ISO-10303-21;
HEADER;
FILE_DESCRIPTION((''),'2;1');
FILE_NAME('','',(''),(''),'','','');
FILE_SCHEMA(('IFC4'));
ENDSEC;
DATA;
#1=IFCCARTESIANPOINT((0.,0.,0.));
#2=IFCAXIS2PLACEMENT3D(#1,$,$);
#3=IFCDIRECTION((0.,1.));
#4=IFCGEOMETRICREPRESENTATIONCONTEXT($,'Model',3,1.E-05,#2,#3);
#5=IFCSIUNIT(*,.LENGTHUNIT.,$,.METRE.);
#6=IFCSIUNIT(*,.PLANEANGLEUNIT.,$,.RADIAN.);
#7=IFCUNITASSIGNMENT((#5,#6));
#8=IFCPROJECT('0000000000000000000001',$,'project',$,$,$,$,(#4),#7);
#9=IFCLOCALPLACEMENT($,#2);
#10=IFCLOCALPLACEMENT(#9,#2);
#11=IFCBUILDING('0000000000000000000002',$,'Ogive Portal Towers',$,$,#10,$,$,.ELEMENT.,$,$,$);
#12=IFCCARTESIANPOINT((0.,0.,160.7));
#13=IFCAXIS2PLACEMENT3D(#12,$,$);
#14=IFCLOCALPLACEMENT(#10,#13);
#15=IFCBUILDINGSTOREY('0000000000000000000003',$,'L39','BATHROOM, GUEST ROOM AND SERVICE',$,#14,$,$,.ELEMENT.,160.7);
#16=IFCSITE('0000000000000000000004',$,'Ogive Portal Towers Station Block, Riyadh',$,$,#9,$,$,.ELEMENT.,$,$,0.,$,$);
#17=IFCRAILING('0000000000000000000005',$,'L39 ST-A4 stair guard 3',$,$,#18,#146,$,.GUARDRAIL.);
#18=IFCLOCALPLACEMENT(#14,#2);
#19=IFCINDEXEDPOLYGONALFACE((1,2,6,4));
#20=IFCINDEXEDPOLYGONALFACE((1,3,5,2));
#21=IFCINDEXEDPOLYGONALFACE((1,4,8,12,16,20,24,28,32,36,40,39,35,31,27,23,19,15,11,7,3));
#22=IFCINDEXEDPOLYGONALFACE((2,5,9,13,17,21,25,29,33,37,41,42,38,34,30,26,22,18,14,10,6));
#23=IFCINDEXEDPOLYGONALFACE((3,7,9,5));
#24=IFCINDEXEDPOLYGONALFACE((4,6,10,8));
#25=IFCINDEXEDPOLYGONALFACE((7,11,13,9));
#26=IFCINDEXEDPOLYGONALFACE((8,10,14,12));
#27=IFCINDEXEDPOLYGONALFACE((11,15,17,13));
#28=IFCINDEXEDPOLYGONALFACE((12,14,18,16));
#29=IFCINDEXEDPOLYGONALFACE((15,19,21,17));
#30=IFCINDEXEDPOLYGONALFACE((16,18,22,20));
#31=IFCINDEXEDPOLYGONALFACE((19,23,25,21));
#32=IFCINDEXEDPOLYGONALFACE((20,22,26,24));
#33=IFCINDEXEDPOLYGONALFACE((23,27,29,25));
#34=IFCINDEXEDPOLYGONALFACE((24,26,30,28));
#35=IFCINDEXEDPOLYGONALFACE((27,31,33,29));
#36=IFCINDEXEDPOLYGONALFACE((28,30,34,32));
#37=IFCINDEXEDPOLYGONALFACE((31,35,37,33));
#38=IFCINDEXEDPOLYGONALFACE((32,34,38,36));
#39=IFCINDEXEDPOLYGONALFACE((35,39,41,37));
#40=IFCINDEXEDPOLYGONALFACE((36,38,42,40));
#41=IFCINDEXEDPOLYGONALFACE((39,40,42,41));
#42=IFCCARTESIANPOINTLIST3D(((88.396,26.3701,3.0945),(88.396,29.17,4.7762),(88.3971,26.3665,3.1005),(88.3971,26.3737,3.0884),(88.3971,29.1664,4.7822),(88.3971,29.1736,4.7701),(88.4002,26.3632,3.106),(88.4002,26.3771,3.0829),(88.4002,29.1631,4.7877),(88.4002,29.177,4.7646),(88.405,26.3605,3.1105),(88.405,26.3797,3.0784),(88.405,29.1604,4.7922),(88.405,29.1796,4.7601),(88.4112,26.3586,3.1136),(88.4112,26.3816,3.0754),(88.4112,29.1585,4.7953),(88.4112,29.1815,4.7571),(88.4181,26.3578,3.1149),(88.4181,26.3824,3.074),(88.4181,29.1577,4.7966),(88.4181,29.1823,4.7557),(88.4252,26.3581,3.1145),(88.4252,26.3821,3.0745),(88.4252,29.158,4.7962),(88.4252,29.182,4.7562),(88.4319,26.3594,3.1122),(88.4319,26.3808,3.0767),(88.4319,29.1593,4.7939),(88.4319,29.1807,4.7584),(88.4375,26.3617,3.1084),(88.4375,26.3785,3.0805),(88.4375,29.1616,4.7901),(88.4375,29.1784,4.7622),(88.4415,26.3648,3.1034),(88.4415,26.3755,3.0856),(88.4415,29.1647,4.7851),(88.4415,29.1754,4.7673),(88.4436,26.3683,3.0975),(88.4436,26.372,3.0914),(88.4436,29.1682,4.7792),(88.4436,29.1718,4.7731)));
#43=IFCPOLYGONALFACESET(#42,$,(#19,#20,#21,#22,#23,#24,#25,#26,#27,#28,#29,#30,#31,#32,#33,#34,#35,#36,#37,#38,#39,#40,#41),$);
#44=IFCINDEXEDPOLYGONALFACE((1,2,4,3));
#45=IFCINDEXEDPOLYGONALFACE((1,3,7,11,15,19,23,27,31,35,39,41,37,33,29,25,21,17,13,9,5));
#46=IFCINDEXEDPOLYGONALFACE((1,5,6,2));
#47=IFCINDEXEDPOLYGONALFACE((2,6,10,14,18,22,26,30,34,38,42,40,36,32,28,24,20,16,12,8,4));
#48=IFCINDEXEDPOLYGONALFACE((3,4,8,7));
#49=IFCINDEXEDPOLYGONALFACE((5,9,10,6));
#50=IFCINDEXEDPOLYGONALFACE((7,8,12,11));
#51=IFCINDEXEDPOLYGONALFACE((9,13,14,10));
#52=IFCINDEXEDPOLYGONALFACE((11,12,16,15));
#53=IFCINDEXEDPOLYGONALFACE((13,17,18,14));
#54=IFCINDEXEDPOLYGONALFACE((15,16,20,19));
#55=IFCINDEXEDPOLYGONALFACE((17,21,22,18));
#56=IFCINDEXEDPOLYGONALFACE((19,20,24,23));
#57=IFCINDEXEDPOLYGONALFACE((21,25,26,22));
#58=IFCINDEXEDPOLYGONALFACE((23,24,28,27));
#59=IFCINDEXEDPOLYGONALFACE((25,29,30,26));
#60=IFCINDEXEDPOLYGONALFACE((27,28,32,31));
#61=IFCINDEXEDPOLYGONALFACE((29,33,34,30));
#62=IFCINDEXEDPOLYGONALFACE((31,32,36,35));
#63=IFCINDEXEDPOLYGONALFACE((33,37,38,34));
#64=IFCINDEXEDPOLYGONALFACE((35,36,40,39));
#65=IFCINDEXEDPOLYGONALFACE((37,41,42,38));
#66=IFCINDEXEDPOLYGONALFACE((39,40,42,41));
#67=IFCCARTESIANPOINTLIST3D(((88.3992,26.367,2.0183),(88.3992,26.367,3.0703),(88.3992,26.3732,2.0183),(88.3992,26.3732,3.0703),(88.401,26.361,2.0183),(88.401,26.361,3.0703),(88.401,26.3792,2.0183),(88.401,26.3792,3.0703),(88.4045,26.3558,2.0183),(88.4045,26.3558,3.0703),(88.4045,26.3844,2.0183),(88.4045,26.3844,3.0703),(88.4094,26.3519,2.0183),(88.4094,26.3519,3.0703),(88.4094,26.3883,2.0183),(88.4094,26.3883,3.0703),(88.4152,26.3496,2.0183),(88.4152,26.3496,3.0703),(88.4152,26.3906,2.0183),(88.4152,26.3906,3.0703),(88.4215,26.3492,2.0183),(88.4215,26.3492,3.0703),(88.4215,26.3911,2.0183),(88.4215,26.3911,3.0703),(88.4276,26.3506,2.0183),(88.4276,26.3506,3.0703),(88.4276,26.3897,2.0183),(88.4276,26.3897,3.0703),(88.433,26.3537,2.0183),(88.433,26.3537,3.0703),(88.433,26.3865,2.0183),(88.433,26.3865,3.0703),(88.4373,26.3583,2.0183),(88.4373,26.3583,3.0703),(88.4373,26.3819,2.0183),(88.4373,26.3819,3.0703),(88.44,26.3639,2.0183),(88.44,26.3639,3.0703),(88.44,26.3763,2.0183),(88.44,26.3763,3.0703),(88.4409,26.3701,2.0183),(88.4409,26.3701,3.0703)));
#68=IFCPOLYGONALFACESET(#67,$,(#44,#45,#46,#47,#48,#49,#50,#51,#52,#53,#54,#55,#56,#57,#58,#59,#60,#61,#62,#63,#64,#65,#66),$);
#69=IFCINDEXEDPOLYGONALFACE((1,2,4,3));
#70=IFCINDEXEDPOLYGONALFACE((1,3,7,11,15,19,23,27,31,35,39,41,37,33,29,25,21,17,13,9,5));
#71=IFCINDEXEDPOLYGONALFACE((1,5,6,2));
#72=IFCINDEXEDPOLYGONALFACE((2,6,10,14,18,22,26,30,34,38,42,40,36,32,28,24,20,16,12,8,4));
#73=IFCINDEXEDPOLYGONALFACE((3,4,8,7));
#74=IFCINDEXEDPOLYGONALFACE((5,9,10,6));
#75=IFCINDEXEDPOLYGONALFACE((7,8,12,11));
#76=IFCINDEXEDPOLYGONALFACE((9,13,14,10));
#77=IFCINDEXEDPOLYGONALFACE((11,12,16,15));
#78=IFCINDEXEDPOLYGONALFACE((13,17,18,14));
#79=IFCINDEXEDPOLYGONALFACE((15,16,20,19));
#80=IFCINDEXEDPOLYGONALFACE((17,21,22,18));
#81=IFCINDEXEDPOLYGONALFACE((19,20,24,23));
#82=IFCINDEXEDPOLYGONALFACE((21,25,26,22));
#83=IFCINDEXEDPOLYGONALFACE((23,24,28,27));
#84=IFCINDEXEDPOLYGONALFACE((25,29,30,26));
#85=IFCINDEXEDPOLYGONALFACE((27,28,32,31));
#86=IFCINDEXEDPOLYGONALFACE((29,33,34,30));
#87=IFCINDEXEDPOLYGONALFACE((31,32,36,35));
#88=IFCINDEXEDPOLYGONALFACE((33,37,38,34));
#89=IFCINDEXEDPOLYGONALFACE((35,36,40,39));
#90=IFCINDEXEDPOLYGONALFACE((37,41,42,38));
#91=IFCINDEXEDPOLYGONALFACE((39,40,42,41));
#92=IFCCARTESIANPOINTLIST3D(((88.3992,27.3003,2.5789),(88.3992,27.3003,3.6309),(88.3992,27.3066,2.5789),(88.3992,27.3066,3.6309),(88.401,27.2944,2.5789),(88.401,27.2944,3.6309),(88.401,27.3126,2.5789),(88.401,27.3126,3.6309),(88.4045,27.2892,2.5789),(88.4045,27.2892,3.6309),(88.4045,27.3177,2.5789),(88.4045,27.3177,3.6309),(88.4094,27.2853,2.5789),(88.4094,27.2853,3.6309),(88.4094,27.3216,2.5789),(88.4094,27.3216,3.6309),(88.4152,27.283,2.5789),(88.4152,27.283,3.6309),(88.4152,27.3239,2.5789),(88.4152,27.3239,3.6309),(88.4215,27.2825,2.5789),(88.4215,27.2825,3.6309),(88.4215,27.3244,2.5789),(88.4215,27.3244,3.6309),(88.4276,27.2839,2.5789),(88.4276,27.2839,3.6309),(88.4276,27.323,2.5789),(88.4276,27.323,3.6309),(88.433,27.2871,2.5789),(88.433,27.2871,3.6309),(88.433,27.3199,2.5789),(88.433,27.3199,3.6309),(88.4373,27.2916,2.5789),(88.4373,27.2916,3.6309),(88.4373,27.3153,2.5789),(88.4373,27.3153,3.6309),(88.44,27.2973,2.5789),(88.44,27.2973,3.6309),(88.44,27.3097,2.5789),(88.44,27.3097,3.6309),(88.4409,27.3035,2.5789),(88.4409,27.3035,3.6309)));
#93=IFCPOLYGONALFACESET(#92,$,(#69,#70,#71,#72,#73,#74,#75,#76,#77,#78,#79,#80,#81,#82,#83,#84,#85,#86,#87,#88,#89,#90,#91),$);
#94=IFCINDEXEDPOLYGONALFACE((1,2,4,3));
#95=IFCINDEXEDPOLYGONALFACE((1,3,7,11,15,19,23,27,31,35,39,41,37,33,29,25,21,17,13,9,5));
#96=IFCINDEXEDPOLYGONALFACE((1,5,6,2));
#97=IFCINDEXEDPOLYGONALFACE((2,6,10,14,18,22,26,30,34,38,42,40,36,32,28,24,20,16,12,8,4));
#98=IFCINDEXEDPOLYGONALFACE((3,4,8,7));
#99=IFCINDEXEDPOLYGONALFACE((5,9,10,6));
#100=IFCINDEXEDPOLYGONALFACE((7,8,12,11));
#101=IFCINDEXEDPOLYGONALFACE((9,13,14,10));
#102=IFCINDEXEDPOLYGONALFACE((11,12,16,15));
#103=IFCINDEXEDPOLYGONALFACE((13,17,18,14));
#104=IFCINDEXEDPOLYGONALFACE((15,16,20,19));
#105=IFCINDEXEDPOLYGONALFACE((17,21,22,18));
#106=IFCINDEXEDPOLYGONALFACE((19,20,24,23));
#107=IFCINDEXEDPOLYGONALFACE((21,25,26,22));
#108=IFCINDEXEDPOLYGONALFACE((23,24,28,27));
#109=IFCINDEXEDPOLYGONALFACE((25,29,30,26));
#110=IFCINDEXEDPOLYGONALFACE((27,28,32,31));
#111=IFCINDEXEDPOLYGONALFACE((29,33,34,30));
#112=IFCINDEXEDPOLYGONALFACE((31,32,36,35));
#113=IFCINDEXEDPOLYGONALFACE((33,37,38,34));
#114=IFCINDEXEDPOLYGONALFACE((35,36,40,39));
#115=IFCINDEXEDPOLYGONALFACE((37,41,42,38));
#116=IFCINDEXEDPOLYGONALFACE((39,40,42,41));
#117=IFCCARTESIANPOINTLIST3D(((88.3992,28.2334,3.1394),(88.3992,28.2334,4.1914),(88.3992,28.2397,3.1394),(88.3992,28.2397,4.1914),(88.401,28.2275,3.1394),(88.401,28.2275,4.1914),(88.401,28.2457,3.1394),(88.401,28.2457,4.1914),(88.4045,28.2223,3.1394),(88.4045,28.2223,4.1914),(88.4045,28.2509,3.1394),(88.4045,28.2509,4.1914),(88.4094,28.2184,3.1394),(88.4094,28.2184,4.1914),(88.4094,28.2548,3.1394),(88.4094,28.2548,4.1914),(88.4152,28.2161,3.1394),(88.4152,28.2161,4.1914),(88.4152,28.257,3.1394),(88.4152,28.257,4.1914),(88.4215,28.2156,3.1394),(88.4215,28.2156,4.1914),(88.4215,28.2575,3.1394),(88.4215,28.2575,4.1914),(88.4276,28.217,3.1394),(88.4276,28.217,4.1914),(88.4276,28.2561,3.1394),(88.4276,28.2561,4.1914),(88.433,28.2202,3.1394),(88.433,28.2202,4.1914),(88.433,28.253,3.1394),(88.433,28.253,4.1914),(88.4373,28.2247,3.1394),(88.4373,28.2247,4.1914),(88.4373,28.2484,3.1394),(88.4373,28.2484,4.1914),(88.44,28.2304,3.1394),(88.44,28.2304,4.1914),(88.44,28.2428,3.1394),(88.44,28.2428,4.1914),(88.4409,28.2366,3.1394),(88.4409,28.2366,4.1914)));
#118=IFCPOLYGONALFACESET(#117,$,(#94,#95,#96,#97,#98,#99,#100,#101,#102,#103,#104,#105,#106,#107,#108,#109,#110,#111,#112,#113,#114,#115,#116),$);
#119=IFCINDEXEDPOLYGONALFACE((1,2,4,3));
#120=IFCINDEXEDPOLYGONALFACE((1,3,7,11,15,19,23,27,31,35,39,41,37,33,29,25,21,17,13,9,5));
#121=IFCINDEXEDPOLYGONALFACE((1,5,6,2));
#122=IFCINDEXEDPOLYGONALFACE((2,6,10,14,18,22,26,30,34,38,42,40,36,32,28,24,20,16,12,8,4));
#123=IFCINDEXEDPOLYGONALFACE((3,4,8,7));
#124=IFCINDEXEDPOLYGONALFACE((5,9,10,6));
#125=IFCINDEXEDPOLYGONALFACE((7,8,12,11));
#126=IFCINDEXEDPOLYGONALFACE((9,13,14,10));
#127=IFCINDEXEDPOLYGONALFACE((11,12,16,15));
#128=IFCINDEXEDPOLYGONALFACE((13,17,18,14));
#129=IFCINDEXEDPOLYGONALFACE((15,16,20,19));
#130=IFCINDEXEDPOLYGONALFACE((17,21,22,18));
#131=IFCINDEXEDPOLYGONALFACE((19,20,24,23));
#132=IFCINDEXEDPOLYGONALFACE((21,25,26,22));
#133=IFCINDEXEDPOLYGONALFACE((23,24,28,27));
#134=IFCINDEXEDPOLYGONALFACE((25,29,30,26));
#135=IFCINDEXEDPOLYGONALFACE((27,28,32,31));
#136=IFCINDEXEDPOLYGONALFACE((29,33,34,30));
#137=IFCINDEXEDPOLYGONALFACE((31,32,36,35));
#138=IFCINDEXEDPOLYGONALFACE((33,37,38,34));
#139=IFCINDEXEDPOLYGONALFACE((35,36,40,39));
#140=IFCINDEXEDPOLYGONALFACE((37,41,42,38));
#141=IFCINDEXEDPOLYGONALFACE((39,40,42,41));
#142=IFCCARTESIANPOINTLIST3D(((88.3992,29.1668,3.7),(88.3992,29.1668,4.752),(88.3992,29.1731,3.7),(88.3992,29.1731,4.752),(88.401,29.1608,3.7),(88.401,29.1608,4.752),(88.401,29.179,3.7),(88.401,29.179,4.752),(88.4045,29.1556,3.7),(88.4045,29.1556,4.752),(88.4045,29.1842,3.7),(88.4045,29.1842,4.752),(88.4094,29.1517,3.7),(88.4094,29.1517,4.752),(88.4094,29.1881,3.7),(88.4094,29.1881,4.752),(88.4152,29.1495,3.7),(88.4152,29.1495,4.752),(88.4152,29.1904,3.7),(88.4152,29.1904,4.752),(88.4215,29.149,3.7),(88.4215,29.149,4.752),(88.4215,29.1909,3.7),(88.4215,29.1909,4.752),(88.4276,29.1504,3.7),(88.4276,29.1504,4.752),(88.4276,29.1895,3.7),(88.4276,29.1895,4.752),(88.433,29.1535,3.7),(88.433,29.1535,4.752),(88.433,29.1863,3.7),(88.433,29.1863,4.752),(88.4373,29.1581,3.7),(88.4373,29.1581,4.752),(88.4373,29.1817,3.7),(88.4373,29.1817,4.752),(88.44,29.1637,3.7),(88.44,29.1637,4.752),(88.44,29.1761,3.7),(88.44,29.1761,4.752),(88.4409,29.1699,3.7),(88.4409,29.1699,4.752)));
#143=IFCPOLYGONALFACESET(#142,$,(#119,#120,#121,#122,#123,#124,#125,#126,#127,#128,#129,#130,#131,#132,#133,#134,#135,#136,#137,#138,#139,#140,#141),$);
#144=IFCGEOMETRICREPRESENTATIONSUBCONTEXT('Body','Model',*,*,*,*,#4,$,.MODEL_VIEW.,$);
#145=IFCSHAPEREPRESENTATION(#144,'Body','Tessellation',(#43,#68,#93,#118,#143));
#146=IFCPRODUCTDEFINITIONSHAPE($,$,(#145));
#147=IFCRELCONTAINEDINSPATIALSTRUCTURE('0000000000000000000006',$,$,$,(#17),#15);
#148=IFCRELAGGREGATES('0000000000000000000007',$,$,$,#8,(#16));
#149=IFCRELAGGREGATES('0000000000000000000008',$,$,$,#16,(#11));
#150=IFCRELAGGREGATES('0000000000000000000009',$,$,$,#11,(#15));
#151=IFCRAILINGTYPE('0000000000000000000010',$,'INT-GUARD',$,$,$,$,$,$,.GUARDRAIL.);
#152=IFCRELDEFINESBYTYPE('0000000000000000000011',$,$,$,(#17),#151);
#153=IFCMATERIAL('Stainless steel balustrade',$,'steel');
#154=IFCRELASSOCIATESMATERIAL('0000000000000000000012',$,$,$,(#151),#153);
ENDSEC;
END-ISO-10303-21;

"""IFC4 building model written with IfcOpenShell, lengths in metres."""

from ifc_helpers import new_model, si_unit, direction, frame, origin, origin_2d, place, context, subcontext, project, spatial, circle, extrude, material, type_object, element, save


model = new_model("IFC4")

# Units and contexts
model_context = context("Model", 3, precision=1e-05, world=origin(), true_north=direction((0.0, 1.0)))
body_context = subcontext(model_context, "Body", "Model", "MODEL_VIEW")
ifc_project = project(units=[si_unit("LENGTHUNIT", "METRE"), si_unit("PLANEANGLEUNIT", "RADIAN")], contexts=[model_context])

# Site, building, storey
site_placement = place(None, origin())
site = spatial("IfcSite", under=ifc_project, at=site_placement, Name="Ogive Portal Towers Station Block, Riyadh", CompositionType="ELEMENT", RefElevation=0.0)
building_placement = place(site_placement, origin())
building = spatial("IfcBuilding", under=site, at=building_placement, Name="Ogive Portal Towers", CompositionType="ELEMENT")
storey_placement = place(building_placement, frame((0.0, 0.0, 160.7)))
storey = spatial("IfcBuildingStorey", under=building, at=storey_placement, Name="L39", Description="BATHROOM, GUEST ROOM AND SERVICE", CompositionType="ELEMENT", Elevation=160.7)

# Railing
ifc_material_1 = material(Name="Stainless steel balustrade", Category="steel")
railing_type_1 = type_object("IfcRailingType", Name="INT-GUARD", PredefinedType="GUARDRAIL", material=ifc_material_1)
railing_1_placement = place(storey_placement, frame((88.4199, 26.3701, 2.0183)))
element("IfcRailing", 1, at=railing_1_placement, inside=storey, type_object=railing_type_1, Name="L39 ST-A4 stair guard 3", PredefinedType="GUARDRAIL", context=body_context, shape_type="SweptSolid", body=[
    extrude(circle(Radius=0.0239, at=origin_2d()), frame((0.0, 0.0, 1.0762), z_axis=(0.0, 0.857255, 0.514891), x_axis=(-1.0, 0.0, 0.0)), (0.0, 0.0, 1.0), 3.2661),
    extrude(circle(Radius=0.021, at=origin_2d()), origin(), (0.0, 0.0, 1.0), 1.052),
    extrude(circle(Radius=0.021, at=origin_2d()), frame((0.0, 0.9333, 0.5605)), (0.0, 0.0, 1.0), 1.052),
    extrude(circle(Radius=0.021, at=origin_2d()), frame((0.0, 1.8665, 1.1211)), (0.0, 0.0, 1.0), 1.052),
    extrude(circle(Radius=0.021, at=origin_2d()), frame((0.0, 2.7998, 1.6816)), (0.0, 0.0, 1.0), 1.052),
])

save(model, "model.ifc")
